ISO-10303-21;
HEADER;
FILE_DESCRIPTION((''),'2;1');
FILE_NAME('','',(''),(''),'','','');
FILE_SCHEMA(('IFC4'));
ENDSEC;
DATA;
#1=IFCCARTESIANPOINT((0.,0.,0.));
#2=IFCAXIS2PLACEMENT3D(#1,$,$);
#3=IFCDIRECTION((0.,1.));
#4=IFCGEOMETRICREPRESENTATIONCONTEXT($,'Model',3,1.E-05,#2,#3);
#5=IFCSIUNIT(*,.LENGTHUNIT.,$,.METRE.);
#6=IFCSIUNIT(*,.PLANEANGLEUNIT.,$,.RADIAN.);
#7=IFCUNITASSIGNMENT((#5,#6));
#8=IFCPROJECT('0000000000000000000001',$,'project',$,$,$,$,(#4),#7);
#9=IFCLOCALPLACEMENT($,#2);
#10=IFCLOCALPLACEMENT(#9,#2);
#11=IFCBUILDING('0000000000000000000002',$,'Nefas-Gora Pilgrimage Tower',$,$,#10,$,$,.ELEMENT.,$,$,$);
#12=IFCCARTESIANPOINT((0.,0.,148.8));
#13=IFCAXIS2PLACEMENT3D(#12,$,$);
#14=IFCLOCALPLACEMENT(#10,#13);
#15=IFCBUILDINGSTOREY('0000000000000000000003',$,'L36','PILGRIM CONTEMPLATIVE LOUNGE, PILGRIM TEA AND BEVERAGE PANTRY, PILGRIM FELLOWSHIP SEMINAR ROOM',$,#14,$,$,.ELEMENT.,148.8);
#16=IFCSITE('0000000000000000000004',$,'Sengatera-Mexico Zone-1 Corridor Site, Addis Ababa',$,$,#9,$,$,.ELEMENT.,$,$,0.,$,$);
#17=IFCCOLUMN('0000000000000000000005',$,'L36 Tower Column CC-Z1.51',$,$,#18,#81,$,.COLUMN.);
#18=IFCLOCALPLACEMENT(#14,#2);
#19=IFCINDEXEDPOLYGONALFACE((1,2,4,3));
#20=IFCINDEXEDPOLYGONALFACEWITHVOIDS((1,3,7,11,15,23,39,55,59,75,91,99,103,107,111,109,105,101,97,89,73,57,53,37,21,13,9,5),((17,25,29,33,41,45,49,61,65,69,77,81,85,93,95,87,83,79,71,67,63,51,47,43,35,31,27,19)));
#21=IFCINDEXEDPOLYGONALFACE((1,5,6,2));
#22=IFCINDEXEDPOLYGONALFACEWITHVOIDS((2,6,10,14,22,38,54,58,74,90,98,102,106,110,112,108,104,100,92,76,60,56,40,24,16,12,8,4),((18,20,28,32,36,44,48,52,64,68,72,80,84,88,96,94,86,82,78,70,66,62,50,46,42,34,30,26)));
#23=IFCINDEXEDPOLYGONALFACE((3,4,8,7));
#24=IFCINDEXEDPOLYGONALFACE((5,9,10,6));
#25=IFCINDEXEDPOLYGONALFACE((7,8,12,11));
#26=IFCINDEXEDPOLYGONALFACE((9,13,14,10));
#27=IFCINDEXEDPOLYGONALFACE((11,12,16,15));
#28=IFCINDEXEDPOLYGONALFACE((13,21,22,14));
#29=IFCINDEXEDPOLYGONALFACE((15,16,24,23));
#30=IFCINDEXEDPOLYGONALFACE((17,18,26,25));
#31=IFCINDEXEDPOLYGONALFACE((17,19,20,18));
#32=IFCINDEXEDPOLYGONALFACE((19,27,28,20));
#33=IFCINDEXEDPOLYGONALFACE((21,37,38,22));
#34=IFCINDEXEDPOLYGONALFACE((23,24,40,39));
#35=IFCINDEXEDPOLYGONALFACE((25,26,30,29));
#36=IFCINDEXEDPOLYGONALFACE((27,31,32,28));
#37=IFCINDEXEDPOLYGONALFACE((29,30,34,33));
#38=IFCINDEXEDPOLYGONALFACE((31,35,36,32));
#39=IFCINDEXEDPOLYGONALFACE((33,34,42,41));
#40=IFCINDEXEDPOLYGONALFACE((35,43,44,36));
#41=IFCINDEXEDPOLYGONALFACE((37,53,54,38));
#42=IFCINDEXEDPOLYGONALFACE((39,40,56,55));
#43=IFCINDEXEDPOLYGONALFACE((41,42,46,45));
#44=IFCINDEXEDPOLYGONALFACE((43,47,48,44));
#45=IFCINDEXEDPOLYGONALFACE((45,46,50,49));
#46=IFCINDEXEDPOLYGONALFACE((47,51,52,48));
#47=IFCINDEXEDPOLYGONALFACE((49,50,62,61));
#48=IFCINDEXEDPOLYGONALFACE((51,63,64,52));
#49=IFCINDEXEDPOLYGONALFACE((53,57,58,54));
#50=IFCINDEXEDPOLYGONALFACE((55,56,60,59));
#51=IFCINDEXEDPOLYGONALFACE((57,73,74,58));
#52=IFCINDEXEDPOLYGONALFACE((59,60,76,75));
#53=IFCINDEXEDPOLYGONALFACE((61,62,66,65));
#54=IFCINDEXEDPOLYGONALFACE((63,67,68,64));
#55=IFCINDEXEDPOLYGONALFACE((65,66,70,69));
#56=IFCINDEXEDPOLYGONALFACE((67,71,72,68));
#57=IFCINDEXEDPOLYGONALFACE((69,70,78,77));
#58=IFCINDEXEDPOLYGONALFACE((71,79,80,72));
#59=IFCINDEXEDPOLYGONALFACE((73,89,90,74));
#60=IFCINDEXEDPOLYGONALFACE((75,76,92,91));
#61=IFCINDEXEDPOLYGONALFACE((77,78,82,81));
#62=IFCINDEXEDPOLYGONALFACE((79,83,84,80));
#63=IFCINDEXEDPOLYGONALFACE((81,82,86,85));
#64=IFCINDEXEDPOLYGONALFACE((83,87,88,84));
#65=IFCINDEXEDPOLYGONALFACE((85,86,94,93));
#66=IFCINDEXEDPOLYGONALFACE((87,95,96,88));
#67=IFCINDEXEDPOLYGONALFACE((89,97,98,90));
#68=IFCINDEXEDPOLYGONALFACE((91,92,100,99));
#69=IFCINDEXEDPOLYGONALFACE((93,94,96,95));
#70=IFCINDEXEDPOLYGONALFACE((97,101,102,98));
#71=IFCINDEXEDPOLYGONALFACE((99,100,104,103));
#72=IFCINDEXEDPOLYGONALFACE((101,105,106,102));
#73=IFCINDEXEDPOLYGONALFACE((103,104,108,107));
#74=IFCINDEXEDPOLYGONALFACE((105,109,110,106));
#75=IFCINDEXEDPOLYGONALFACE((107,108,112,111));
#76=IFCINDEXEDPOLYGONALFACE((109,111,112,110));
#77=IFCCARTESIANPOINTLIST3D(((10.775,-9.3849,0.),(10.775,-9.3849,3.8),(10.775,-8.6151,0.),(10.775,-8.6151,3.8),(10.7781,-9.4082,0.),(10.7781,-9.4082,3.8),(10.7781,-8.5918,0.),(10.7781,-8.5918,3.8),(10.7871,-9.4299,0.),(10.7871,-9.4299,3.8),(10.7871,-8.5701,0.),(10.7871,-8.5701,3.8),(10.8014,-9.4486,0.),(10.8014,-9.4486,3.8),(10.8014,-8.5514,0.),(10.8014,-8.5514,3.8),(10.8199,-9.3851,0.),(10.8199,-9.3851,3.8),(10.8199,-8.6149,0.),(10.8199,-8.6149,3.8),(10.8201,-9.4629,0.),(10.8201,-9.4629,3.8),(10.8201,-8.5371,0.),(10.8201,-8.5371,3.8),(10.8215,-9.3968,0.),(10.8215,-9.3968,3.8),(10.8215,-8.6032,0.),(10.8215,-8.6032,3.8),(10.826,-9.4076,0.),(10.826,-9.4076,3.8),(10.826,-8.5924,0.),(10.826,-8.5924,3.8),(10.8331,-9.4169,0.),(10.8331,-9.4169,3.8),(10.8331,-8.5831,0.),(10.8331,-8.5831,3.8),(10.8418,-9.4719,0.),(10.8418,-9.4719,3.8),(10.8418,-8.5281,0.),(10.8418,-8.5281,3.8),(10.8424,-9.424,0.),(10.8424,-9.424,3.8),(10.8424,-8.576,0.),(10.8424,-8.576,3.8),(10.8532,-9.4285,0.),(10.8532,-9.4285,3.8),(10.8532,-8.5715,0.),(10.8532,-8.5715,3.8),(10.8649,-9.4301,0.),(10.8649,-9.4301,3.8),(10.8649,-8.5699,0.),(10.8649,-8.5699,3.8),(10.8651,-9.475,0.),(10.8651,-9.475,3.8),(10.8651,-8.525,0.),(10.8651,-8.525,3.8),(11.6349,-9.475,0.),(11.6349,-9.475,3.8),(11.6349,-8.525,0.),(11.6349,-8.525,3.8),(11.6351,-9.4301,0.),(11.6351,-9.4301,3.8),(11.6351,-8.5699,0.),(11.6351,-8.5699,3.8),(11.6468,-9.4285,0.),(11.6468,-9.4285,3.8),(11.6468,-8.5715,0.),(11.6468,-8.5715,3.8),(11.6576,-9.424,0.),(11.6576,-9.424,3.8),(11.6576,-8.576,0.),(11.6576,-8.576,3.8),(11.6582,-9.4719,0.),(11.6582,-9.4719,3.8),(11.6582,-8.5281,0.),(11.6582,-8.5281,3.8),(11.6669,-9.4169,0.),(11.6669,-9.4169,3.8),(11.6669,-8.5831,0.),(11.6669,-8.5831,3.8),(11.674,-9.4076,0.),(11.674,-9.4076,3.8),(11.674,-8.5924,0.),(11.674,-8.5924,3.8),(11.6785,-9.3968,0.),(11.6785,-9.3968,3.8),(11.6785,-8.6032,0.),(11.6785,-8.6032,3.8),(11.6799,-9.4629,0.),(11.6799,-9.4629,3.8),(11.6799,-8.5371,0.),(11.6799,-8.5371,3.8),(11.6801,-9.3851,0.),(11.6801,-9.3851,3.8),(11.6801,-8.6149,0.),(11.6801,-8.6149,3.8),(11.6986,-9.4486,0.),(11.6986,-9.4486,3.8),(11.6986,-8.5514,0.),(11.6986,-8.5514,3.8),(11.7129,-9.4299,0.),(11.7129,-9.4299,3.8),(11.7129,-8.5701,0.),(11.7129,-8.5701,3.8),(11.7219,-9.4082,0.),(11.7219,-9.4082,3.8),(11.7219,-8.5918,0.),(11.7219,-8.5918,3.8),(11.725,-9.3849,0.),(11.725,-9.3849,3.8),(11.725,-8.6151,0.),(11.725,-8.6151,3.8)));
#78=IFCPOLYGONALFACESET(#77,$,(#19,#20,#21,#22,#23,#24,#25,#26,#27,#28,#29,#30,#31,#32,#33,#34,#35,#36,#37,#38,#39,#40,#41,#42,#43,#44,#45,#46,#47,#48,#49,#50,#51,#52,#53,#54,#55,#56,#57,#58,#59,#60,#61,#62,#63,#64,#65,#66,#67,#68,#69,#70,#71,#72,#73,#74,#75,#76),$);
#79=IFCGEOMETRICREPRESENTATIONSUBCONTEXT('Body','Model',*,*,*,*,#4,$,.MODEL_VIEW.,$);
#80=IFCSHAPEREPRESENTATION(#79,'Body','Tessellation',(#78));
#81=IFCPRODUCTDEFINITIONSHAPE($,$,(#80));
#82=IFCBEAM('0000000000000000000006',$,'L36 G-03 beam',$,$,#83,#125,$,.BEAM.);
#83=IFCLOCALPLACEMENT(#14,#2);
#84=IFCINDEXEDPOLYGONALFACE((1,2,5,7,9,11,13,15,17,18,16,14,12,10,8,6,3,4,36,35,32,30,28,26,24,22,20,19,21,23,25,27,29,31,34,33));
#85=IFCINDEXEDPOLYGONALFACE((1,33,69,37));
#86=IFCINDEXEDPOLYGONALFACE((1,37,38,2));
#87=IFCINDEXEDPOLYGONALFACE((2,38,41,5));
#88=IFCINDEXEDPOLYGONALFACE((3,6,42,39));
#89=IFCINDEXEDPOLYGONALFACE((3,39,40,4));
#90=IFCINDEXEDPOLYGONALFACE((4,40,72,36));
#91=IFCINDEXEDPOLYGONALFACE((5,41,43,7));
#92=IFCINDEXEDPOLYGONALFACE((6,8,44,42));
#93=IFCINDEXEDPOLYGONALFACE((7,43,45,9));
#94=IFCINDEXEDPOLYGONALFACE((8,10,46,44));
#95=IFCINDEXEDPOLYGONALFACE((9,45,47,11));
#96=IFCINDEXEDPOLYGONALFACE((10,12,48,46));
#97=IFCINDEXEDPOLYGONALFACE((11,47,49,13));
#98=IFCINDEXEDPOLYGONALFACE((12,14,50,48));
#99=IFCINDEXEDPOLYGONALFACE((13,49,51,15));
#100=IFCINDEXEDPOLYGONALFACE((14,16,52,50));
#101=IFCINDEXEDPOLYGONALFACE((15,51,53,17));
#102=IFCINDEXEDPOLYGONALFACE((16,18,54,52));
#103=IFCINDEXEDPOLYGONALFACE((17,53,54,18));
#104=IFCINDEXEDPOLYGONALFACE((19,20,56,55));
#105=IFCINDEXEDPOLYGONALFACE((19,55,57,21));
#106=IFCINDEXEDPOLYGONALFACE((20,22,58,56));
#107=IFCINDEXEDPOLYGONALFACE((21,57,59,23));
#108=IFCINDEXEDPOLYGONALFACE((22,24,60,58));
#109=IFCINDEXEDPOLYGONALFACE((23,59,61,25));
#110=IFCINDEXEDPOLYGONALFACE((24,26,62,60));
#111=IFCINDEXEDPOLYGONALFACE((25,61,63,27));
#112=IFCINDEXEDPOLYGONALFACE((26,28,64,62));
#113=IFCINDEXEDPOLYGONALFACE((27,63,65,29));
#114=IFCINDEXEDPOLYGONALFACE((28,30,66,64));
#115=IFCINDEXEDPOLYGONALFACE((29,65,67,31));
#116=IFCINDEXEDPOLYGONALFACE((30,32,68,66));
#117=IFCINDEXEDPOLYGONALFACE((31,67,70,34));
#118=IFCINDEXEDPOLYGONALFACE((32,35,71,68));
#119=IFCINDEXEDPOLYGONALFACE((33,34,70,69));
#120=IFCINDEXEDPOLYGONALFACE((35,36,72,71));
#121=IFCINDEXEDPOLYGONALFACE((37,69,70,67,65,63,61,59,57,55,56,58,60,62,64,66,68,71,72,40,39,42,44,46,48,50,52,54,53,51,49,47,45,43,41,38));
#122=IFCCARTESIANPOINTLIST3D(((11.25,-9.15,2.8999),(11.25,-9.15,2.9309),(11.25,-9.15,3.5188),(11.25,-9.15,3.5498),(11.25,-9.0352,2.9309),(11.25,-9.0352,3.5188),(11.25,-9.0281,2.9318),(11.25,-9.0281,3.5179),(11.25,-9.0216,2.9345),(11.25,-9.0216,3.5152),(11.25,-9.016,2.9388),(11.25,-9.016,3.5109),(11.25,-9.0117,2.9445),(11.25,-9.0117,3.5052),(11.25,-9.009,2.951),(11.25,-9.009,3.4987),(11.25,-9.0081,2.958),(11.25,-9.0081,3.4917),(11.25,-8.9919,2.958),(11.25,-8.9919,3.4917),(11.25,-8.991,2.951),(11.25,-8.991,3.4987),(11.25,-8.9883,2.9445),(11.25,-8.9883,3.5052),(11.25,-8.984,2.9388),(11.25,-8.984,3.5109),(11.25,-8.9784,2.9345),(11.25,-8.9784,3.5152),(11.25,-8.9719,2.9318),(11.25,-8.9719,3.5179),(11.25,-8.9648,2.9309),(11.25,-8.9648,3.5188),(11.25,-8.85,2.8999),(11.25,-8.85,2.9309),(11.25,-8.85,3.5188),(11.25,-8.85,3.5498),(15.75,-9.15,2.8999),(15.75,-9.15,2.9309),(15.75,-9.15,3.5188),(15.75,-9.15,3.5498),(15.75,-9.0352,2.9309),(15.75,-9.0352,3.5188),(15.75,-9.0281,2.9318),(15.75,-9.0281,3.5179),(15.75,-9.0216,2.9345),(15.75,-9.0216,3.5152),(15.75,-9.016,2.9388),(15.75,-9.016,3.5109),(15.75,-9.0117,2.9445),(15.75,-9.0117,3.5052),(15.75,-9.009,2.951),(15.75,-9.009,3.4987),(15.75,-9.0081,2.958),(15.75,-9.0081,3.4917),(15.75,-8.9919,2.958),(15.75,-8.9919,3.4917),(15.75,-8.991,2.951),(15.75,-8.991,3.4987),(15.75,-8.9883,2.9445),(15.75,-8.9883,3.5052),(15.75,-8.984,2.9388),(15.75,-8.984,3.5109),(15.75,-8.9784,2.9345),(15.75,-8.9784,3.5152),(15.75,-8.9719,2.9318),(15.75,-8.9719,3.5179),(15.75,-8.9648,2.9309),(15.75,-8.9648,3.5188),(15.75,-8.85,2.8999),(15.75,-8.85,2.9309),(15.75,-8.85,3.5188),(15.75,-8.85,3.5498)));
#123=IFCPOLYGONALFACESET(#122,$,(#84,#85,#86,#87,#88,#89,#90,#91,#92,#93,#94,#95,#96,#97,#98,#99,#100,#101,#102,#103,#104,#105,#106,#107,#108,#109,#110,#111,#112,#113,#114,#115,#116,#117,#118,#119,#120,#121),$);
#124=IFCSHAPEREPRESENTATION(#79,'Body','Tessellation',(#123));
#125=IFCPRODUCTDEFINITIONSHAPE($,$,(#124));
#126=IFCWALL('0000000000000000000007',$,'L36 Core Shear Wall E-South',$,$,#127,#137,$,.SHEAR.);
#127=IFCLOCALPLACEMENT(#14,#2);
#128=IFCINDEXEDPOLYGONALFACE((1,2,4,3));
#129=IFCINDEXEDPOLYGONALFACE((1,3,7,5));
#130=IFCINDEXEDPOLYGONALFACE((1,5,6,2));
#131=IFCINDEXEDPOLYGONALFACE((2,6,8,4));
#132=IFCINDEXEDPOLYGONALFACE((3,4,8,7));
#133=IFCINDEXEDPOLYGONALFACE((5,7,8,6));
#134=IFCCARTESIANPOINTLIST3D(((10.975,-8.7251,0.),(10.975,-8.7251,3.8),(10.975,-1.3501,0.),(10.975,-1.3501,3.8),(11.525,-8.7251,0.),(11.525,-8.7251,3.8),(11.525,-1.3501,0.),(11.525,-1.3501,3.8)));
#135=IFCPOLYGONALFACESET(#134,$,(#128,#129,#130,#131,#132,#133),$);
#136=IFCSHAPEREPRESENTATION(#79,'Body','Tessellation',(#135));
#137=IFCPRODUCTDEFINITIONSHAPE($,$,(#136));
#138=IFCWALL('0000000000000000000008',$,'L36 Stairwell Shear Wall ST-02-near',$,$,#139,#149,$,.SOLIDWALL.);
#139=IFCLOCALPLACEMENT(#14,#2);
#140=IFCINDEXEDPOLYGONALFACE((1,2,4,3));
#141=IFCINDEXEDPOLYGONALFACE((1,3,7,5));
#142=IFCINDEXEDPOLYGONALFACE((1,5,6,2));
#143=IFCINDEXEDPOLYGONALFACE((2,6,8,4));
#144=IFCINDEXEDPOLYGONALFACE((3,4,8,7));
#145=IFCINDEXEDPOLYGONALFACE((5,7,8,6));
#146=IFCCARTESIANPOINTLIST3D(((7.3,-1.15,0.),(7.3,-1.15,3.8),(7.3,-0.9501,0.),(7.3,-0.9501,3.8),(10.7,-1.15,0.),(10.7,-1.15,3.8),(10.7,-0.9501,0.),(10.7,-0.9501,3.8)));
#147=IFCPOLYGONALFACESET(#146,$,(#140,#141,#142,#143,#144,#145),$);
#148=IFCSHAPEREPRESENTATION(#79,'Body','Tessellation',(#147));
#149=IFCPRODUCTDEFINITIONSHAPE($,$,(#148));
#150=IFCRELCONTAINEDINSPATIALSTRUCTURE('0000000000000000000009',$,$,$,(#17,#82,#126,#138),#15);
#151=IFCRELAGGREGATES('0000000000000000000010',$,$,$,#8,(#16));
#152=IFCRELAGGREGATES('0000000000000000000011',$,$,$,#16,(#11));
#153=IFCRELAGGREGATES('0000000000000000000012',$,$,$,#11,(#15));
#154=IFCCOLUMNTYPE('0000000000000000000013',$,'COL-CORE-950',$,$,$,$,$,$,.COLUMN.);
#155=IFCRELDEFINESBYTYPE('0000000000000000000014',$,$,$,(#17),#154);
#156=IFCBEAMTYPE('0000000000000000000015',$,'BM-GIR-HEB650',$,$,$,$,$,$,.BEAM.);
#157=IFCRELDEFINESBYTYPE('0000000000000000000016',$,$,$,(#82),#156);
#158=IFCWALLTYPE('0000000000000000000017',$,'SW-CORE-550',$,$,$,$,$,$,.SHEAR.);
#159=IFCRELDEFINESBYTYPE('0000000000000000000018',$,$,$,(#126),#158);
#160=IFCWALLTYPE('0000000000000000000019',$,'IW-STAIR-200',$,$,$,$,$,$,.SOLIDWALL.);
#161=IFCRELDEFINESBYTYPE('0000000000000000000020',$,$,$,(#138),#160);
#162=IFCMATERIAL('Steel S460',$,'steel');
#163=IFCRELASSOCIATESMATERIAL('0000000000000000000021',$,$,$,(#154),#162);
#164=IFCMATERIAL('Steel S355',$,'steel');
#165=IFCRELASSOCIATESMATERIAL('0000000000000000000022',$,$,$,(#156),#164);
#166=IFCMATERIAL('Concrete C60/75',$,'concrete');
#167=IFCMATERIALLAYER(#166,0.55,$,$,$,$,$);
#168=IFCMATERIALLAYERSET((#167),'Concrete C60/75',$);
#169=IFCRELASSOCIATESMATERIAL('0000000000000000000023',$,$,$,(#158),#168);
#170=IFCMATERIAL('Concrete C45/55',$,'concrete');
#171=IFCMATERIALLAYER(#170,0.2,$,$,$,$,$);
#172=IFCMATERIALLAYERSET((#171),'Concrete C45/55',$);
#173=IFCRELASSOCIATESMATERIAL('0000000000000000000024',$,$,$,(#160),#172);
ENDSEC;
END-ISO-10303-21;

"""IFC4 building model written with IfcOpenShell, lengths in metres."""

from ifc_helpers import new_model, si_unit, direction, frame, frame_2d, origin, origin_2d, place, context, subcontext, project, spatial, rectangle, hollow_rectangle, i_section, extrude, source, transform, mapped, material, layer, layer_set, material_profile, profile_set, type_object, element, save


model = new_model("IFC4")

# Units and contexts
model_context = context("Model", 3, precision=1e-05, world=origin(), true_north=direction((0.0, 1.0)))
body_context = subcontext(model_context, "Body", "Model", "MODEL_VIEW")
ifc_project = project(units=[si_unit("LENGTHUNIT", "METRE"), si_unit("PLANEANGLEUNIT", "RADIAN")], contexts=[model_context])

# Site, building, storey
site_placement = place(None, origin())
site = spatial("IfcSite", under=ifc_project, at=site_placement, Name="Sengatera-Mexico Zone-1 Corridor Site, Addis Ababa", CompositionType="ELEMENT", RefElevation=0.0)
building_placement = place(site_placement, origin())
building = spatial("IfcBuilding", under=site, at=building_placement, Name="Nefas-Gora Pilgrimage Tower", CompositionType="ELEMENT")
storey_placement = place(building_placement, frame((0.0, 0.0, 148.8)))
storey = spatial("IfcBuildingStorey", under=building, at=storey_placement, Name="L36", Description="PILGRIM CONTEMPLATIVE LOUNGE, PILGRIM TEA AND BEVERAGE PANTRY, PILGRIM FELLOWSHIP SEMINAR ROOM", CompositionType="ELEMENT", Elevation=148.8)

# Column
ifc_material_1 = material(Name="Steel S460", Category="steel")
ifc_material_profile_1 = material_profile(ifc_material_1, hollow_rectangle(XDim=0.95, YDim=0.95, WallThickness=0.0449, InnerFilletRadius=0.0449, OuterFilletRadius=0.0901, at=origin_2d()), Name="BOX 950x950x45")
ifc_profile_set_1 = profile_set([ifc_material_profile_1], Name="Steel S460")
column_type = type_object("IfcColumnType", Name="COL-CORE-950", PredefinedType="COLUMN", material=ifc_profile_set_1)
shared_shape_1 = source(origin(), body_context, "Body", "SweptSolid", [
    extrude(hollow_rectangle(XDim=0.95, YDim=0.95, WallThickness=0.0449, InnerFilletRadius=0.0449, OuterFilletRadius=0.0901, at=origin_2d()), origin(), (0.0, 0.0, 1.0), 3.8),
])
column_placement = place(storey_placement, frame((11.25, -9.0, 0.0), z_axis=(0.0, 0.0, 1.0), x_axis=(1.0, 0.0, 0.0)))
element("IfcColumn", 1, at=column_placement, inside=storey, type_object=column_type, Name="L36 Tower Column CC-Z1.51", PredefinedType="COLUMN", context=body_context, shape_type="MappedRepresentation", body=[
    mapped(shared_shape_1, transform((0.0, 0.0, 0.0), x_axis=(1.0, 0.0, 0.0), y_axis=(0.0, 1.0, 0.0), z_axis=(0.0, 0.0, 1.0), scale=1.0)),
])

# Beam
ifc_material_2 = material(Name="Steel S355", Category="steel")
ifc_material_profile_2 = material_profile(ifc_material_2, i_section(OverallWidth=0.3, OverallDepth=0.6499, WebThickness=0.0161, FlangeThickness=0.031, FilletRadius=0.0271, at=origin_2d()), Name="HEB 650")
ifc_profile_set_2 = profile_set([ifc_material_profile_2], Name="Steel S355")
beam_type = type_object("IfcBeamType", Name="BM-GIR-HEB650", PredefinedType="BEAM", material=ifc_profile_set_2)
shared_shape_2 = source(origin(), body_context, "Body", "SweptSolid", [
    extrude(i_section(OverallWidth=0.3, OverallDepth=0.6499, WebThickness=0.0161, FlangeThickness=0.031, FilletRadius=0.0271, at=origin_2d()), origin(), (0.0, 0.0, 1.0), 4.5),
])
beam_placement = place(storey_placement, frame((11.25, -9.0, 3.2249), z_axis=(1.0, 0.0, 0.0), x_axis=(0.0, 1.0, 0.0)))
element("IfcBeam", 2, at=beam_placement, inside=storey, type_object=beam_type, Name="L36 G-03 beam", PredefinedType="BEAM", context=body_context, shape_type="MappedRepresentation", body=[
    mapped(shared_shape_2, transform((0.0, 0.0, 0.0), x_axis=(1.0, 0.0, 0.0), y_axis=(0.0, 1.0, 0.0), z_axis=(0.0, 0.0, 1.0), scale=1.0)),
])

# Walls
ifc_material_3 = material(Name="Concrete C60/75", Category="concrete")
ifc_layer_1 = layer(ifc_material_3, 0.55)
ifc_layer_set_1 = layer_set([ifc_layer_1], Name="Concrete C60/75")
wall_type_1 = type_object("IfcWallType", Name="SW-CORE-550", PredefinedType="SHEAR", material=ifc_layer_set_1)
shared_shape_3 = source(origin(), body_context, "Body", "SweptSolid", [
    extrude(rectangle(XDim=7.375, YDim=0.55, at=frame_2d((3.6875, 0.0))), origin(), (0.0, 0.0, 1.0), 3.8),
])
wall_1_placement = place(storey_placement, frame((11.25, -8.7251, 0.0), z_axis=(0.0, 0.0, 1.0), x_axis=(0.0, 1.0, 0.0)))
element("IfcWall", 3, at=wall_1_placement, inside=storey, type_object=wall_type_1, Name="L36 Core Shear Wall E-South", PredefinedType="SHEAR", context=body_context, shape_type="MappedRepresentation", body=[
    mapped(shared_shape_3, transform((0.0, 0.0, 0.0), x_axis=(1.0, 0.0, 0.0), y_axis=(0.0, 1.0, 0.0), z_axis=(0.0, 0.0, 1.0), scale=1.0)),
])
ifc_material_4 = material(Name="Concrete C45/55", Category="concrete")
ifc_layer_2 = layer(ifc_material_4, 0.2)
ifc_layer_set_2 = layer_set([ifc_layer_2], Name="Concrete C45/55")
wall_type_2 = type_object("IfcWallType", Name="IW-STAIR-200", PredefinedType="SOLIDWALL", material=ifc_layer_set_2)
shared_shape_4 = source(origin(), body_context, "Body", "SweptSolid", [
    extrude(rectangle(XDim=3.3999, YDim=0.2, at=frame_2d((1.7, 0.0))), origin(), (0.0, 0.0, 1.0), 3.8),
])
wall_2_placement = place(storey_placement, frame((7.3, -1.05, 0.0), z_axis=(0.0, 0.0, 1.0), x_axis=(1.0, 0.0, 0.0)))
element("IfcWall", 4, at=wall_2_placement, inside=storey, type_object=wall_type_2, Name="L36 Stairwell Shear Wall ST-02-near", PredefinedType="SOLIDWALL", context=body_context, shape_type="MappedRepresentation", body=[
    mapped(shared_shape_4, transform((0.0, 0.0, 0.0), x_axis=(1.0, 0.0, 0.0), y_axis=(0.0, 1.0, 0.0), z_axis=(0.0, 0.0, 1.0), scale=1.0)),
])

save(model, "model.ifc")
